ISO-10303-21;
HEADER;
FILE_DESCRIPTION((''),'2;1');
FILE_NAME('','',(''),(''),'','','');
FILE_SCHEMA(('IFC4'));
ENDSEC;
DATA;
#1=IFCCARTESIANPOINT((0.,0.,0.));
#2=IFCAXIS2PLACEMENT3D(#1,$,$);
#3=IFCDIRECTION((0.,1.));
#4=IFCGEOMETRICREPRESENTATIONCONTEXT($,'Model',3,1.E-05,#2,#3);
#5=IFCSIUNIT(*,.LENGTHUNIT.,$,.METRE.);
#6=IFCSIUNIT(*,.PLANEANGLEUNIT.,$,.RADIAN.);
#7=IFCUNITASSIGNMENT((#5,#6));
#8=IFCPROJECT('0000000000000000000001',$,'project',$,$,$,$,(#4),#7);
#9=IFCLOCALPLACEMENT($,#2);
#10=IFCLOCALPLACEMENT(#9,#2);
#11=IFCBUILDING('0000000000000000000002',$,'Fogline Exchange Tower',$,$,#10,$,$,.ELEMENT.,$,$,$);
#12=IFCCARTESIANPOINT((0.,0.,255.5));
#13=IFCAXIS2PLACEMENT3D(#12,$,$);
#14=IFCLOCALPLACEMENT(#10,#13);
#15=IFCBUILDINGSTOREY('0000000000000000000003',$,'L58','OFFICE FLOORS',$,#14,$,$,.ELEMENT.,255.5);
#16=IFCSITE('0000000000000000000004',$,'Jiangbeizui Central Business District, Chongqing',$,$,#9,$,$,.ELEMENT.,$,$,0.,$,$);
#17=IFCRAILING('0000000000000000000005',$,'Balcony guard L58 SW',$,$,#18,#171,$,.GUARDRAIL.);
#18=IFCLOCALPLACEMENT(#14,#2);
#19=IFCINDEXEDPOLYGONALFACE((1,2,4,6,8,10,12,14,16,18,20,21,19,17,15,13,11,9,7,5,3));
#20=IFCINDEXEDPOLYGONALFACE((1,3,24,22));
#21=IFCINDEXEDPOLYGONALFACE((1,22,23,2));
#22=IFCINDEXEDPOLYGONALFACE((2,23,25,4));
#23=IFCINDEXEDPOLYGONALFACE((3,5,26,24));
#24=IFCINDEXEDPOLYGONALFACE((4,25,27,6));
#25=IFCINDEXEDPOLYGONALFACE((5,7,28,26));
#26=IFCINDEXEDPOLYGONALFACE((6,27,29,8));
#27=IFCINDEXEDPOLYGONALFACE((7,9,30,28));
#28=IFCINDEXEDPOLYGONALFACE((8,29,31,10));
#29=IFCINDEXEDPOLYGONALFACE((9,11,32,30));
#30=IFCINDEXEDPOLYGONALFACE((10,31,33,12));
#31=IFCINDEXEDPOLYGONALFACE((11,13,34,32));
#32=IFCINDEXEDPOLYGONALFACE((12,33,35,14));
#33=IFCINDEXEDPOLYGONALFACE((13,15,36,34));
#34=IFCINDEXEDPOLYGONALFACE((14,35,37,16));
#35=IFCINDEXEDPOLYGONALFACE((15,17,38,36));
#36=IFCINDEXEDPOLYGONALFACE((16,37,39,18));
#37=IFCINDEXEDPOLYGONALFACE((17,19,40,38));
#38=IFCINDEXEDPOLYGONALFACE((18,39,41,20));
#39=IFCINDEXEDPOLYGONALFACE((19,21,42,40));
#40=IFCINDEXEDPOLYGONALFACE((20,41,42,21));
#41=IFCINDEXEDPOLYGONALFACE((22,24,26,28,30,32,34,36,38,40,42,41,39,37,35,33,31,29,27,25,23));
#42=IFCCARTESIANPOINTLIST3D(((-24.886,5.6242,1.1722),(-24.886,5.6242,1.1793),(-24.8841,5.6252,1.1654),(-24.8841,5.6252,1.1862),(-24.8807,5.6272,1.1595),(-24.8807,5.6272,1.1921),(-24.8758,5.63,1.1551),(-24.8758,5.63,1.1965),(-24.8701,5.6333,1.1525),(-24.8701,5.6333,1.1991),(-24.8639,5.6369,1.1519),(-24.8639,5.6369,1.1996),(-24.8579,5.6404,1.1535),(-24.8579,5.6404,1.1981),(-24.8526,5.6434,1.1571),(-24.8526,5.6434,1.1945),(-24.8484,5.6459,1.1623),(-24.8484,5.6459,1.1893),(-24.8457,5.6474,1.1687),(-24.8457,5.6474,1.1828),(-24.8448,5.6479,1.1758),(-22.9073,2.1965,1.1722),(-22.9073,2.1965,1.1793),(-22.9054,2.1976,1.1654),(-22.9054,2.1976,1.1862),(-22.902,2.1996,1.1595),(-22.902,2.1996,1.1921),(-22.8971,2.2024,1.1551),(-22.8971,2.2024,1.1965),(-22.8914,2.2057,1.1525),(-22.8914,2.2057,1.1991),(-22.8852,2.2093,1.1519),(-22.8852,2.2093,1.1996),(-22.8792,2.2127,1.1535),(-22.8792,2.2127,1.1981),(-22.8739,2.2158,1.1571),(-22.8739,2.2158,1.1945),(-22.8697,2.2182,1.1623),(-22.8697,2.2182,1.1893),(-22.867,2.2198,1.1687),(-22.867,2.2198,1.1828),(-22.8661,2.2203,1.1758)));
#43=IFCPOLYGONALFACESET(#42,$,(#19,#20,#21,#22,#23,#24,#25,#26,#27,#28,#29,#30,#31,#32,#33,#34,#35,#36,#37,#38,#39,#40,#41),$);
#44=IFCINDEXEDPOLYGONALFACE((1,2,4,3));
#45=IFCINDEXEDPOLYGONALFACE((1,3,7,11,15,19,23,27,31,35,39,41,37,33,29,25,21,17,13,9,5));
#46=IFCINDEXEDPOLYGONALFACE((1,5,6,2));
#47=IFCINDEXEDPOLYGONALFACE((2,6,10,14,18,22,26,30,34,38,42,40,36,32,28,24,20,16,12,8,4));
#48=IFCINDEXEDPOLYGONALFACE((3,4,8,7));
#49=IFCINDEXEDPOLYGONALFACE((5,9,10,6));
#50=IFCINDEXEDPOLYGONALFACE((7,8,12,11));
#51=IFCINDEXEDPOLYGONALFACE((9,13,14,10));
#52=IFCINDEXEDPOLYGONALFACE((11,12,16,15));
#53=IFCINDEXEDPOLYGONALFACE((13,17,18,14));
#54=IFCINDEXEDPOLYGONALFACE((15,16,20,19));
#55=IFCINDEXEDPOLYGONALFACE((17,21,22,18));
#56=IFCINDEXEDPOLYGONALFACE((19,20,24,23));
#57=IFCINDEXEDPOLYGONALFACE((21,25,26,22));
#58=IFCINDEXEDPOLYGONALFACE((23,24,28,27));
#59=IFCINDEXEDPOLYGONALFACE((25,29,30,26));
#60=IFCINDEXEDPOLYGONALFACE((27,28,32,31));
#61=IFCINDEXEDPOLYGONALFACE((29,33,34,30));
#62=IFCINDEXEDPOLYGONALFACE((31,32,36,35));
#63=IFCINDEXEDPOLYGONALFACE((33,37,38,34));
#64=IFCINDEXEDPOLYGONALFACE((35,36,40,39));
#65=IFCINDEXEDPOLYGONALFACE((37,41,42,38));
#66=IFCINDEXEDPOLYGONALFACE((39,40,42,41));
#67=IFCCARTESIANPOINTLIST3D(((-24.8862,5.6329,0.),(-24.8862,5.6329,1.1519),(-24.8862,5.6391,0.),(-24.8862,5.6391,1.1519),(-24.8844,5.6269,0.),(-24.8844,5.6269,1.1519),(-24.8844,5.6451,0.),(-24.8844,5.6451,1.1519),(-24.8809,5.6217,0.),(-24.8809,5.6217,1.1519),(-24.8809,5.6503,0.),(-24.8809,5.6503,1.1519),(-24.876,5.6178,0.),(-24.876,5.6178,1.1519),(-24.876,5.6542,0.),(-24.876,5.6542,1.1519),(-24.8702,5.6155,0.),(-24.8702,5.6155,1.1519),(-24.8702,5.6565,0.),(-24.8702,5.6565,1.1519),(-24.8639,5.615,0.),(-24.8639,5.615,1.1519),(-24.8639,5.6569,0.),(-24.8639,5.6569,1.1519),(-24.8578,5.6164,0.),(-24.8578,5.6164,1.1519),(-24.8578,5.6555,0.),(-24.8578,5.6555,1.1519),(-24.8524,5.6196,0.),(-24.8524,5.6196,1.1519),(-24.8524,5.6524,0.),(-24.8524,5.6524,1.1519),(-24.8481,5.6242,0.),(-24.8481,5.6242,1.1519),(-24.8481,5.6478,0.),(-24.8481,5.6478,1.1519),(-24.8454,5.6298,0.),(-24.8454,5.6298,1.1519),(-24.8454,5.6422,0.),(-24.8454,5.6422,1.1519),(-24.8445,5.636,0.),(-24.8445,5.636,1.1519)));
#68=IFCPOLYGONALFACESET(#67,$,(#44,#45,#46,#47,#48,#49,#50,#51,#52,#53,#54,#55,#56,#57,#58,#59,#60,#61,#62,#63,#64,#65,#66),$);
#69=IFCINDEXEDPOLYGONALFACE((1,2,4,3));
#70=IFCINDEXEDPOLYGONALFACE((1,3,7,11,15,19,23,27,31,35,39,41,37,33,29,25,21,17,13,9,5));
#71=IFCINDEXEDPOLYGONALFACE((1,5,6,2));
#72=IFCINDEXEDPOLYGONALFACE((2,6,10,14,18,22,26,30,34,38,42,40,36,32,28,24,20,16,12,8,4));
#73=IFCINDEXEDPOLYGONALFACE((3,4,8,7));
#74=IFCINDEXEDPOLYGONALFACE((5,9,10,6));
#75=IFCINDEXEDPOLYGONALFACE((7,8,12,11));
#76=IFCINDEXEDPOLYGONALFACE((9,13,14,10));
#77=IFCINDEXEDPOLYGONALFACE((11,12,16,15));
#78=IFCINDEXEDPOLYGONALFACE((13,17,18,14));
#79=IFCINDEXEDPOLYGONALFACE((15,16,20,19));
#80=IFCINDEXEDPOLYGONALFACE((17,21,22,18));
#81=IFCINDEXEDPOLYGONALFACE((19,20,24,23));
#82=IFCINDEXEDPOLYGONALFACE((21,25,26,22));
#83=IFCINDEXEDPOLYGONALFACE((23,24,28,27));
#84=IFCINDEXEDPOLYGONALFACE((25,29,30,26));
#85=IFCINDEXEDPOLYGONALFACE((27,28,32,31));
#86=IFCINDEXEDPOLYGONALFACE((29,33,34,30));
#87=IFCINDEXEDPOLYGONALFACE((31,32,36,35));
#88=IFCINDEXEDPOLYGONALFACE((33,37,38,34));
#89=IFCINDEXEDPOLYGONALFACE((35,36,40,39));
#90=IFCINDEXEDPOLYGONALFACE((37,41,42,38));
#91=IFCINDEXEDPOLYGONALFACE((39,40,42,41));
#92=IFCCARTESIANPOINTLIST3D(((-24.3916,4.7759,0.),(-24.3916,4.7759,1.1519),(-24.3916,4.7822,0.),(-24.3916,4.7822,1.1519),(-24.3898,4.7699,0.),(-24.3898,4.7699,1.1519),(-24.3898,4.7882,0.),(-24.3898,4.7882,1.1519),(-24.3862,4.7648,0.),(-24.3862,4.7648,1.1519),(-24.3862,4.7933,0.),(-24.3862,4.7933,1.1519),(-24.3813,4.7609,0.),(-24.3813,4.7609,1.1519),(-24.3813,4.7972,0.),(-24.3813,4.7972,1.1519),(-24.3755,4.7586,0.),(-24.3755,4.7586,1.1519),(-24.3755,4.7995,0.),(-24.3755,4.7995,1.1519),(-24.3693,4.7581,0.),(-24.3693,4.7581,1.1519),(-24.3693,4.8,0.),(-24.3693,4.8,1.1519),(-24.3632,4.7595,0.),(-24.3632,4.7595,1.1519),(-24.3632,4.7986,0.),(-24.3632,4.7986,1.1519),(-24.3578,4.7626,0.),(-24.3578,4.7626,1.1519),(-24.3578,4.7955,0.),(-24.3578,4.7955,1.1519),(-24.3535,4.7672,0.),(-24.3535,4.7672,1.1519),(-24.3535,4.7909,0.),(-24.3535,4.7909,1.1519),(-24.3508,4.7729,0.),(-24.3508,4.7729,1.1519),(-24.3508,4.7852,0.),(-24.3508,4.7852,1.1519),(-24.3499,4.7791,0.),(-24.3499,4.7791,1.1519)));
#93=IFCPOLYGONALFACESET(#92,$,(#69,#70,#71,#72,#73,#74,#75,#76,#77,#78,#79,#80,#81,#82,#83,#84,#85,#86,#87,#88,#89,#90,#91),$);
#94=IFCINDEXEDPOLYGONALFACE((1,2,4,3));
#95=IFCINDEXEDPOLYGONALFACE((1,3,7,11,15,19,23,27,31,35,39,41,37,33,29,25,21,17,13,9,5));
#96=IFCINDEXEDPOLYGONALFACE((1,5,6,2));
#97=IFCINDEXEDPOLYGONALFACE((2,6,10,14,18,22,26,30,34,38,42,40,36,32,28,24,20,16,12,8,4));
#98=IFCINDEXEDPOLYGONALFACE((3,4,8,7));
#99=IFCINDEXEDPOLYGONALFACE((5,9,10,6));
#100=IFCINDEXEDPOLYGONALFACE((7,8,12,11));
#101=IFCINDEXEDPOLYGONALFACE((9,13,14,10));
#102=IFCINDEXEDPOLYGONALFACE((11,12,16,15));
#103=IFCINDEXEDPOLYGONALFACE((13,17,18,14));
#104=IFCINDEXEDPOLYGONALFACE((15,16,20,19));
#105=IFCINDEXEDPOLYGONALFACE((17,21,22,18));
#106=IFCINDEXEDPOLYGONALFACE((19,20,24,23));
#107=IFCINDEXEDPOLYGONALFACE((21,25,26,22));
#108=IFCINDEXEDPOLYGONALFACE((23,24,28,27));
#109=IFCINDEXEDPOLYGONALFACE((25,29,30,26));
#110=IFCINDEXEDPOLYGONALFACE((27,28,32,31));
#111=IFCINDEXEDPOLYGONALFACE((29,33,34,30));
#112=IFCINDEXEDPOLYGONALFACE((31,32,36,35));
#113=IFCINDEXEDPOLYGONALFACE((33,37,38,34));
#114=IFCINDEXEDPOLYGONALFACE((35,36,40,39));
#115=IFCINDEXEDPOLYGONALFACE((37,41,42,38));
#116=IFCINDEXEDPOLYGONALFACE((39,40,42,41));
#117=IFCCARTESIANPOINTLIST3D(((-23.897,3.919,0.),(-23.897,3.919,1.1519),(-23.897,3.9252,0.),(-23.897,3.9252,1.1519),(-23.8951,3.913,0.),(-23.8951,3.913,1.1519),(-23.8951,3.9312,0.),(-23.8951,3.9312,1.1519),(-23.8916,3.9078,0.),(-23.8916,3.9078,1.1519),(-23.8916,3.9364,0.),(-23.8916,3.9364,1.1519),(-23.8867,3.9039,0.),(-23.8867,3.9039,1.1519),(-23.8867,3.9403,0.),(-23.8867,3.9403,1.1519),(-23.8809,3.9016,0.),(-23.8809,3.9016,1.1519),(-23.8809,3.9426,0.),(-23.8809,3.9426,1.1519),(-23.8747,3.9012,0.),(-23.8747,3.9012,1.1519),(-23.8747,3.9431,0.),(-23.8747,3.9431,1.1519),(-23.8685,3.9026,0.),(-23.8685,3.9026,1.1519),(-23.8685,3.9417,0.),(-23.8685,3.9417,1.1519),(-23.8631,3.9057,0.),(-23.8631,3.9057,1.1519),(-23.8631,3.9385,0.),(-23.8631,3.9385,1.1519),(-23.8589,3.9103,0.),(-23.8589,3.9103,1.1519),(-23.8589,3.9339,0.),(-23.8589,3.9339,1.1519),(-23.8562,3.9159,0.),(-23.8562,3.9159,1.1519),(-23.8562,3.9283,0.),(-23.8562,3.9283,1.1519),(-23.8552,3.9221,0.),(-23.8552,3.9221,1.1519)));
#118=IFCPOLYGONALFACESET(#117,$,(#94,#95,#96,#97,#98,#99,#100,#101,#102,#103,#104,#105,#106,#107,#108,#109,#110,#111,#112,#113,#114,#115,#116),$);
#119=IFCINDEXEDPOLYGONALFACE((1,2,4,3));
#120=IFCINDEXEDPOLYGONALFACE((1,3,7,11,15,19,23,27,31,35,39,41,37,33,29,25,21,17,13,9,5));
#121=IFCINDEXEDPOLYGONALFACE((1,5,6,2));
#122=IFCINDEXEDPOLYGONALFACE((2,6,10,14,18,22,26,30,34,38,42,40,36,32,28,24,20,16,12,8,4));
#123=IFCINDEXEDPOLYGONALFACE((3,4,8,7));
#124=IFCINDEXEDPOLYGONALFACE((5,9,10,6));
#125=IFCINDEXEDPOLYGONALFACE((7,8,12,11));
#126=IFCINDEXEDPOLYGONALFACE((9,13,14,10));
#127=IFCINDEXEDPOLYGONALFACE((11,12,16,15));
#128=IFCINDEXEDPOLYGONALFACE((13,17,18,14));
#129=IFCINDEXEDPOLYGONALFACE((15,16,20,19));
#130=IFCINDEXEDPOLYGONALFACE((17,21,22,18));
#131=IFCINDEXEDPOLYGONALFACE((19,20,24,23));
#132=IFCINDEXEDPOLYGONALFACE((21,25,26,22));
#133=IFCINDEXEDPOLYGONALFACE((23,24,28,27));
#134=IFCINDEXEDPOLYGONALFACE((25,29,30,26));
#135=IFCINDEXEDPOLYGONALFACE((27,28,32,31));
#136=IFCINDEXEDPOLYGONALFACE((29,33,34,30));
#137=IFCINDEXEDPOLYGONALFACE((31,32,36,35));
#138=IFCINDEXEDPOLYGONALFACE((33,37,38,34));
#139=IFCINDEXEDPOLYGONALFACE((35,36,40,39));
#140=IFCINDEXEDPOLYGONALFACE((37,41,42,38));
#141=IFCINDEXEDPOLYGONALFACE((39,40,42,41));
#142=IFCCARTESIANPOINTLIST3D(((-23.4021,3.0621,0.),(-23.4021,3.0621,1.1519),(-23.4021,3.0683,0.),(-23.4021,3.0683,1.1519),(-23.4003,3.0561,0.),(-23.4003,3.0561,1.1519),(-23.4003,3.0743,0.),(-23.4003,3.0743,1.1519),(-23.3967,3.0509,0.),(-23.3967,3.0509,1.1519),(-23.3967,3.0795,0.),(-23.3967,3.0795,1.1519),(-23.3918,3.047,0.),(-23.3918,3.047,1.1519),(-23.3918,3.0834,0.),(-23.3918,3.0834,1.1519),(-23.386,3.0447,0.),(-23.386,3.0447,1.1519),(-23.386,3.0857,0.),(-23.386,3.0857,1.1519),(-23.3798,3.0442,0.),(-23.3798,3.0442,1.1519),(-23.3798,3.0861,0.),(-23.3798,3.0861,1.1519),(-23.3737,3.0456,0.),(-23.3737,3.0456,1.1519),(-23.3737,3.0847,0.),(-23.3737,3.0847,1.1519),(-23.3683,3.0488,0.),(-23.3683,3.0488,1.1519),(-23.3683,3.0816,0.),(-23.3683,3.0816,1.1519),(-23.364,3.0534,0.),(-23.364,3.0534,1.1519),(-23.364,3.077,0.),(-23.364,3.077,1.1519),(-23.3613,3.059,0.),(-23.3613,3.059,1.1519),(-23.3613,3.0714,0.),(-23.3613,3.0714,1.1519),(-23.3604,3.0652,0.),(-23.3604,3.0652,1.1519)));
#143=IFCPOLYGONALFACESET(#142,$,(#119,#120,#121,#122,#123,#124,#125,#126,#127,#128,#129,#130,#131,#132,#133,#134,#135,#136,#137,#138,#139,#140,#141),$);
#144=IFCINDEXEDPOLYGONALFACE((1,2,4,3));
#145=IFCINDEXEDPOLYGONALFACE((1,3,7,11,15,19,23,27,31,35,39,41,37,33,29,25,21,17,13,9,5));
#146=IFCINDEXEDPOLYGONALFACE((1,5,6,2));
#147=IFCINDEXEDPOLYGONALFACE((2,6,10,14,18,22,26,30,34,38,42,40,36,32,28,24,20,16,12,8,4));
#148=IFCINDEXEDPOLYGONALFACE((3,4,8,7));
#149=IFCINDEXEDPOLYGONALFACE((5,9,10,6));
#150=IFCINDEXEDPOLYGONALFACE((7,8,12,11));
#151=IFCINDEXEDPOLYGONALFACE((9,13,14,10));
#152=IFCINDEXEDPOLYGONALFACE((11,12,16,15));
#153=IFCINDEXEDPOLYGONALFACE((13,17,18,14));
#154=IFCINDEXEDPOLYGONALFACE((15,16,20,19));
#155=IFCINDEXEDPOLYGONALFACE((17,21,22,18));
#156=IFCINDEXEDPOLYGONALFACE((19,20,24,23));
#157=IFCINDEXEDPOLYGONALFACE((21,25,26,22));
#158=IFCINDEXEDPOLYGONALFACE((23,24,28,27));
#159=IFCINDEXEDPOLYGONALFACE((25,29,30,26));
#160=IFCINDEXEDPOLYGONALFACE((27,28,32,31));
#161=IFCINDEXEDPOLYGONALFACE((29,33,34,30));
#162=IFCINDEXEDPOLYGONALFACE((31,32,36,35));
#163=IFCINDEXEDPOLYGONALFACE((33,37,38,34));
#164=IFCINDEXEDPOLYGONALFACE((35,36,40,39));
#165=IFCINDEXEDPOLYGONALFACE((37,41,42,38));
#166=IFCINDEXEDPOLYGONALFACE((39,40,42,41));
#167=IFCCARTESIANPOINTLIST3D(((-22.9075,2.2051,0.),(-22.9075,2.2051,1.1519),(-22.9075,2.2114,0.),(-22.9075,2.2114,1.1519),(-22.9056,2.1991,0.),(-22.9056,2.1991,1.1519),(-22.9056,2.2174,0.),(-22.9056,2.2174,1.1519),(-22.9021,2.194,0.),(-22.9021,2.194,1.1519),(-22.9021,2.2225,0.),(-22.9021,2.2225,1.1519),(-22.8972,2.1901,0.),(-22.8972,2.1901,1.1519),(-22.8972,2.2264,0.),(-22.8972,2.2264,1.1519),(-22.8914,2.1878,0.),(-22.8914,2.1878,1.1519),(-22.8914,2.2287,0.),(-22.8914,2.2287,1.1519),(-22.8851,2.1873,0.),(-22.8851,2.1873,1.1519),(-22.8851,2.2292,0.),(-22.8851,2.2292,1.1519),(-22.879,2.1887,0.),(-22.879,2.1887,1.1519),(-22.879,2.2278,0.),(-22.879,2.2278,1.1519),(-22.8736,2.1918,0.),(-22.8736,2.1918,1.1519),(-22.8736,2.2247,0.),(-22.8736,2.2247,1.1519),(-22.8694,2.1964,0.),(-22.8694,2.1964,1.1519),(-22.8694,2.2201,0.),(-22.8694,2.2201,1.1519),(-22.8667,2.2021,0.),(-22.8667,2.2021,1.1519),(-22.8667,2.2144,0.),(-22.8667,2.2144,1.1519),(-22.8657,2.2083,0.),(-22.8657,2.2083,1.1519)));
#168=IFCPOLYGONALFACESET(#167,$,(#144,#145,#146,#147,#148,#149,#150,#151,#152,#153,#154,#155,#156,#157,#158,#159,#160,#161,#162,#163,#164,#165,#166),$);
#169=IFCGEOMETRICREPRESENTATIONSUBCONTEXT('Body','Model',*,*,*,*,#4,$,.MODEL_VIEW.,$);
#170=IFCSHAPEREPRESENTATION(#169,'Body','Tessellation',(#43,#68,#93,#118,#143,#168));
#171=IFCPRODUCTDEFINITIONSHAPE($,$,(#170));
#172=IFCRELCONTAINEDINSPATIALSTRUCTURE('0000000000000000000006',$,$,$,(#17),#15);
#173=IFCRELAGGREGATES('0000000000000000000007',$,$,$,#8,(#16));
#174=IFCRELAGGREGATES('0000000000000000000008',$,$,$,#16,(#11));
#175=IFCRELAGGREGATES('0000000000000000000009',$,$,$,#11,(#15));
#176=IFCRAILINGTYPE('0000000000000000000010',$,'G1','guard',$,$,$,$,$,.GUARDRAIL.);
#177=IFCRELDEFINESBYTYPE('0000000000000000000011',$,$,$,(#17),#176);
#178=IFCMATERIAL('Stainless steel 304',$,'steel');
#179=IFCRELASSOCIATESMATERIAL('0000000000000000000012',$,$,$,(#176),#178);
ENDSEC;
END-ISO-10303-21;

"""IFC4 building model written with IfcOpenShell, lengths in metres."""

from ifc_helpers import new_model, si_unit, direction, frame, origin, origin_2d, place, context, subcontext, project, spatial, circle, extrude, material, type_object, element, save


model = new_model("IFC4")

# Units and contexts
model_context = context("Model", 3, precision=1e-05, world=origin(), true_north=direction((0.0, 1.0)))
body_context = subcontext(model_context, "Body", "Model", "MODEL_VIEW")
ifc_project = project(units=[si_unit("LENGTHUNIT", "METRE"), si_unit("PLANEANGLEUNIT", "RADIAN")], contexts=[model_context])

# Site, building, storey
site_placement = place(None, origin())
site = spatial("IfcSite", under=ifc_project, at=site_placement, Name="Jiangbeizui Central Business District, Chongqing", CompositionType="ELEMENT", RefElevation=0.0)
building_placement = place(site_placement, origin())
building = spatial("IfcBuilding", under=site, at=building_placement, Name="Fogline Exchange Tower", CompositionType="ELEMENT")
storey_placement = place(building_placement, frame((0.0, 0.0, 255.5)))
storey = spatial("IfcBuildingStorey", under=building, at=storey_placement, Name="L58", Description="OFFICE FLOORS", CompositionType="ELEMENT", Elevation=255.5)

# Railing
ifc_material_1 = material(Name="Stainless steel 304", Category="steel")
railing_type = type_object("IfcRailingType", Name="G1", Description="guard", PredefinedType="GUARDRAIL", material=ifc_material_1)
railing_placement = place(storey_placement, frame((-24.8655, 5.636, 0.0)))
element("IfcRailing", 1, at=railing_placement, inside=storey, type_object=railing_type, Name="Balcony guard L58 SW", PredefinedType="GUARDRAIL", context=body_context, shape_type="SweptSolid", body=[
    extrude(circle(Radius=0.0239, at=origin_2d()), frame((0.0, 0.0, 1.1758), z_axis=(0.499954, -0.866052, 0.0), x_axis=(0.866052, 0.499954, 0.0)), (0.0, 0.0, 1.0), 3.9578),
    extrude(circle(Radius=0.021, at=origin_2d()), origin(), (0.0, 0.0, 1.0), 1.1519),
    extrude(circle(Radius=0.021, at=origin_2d()), frame((0.4946, -0.8569, 0.0)), (0.0, 0.0, 1.0), 1.1519),
    extrude(circle(Radius=0.021, at=origin_2d()), frame((0.9893, -1.7139, 0.0)), (0.0, 0.0, 1.0), 1.1519),
    extrude(circle(Radius=0.021, at=origin_2d()), frame((1.4841, -2.5708, 0.0)), (0.0, 0.0, 1.0), 1.1519),
    extrude(circle(Radius=0.021, at=origin_2d()), frame((1.9788, -3.4277, 0.0)), (0.0, 0.0, 1.0), 1.1519),
])

save(model, "model.ifc")
